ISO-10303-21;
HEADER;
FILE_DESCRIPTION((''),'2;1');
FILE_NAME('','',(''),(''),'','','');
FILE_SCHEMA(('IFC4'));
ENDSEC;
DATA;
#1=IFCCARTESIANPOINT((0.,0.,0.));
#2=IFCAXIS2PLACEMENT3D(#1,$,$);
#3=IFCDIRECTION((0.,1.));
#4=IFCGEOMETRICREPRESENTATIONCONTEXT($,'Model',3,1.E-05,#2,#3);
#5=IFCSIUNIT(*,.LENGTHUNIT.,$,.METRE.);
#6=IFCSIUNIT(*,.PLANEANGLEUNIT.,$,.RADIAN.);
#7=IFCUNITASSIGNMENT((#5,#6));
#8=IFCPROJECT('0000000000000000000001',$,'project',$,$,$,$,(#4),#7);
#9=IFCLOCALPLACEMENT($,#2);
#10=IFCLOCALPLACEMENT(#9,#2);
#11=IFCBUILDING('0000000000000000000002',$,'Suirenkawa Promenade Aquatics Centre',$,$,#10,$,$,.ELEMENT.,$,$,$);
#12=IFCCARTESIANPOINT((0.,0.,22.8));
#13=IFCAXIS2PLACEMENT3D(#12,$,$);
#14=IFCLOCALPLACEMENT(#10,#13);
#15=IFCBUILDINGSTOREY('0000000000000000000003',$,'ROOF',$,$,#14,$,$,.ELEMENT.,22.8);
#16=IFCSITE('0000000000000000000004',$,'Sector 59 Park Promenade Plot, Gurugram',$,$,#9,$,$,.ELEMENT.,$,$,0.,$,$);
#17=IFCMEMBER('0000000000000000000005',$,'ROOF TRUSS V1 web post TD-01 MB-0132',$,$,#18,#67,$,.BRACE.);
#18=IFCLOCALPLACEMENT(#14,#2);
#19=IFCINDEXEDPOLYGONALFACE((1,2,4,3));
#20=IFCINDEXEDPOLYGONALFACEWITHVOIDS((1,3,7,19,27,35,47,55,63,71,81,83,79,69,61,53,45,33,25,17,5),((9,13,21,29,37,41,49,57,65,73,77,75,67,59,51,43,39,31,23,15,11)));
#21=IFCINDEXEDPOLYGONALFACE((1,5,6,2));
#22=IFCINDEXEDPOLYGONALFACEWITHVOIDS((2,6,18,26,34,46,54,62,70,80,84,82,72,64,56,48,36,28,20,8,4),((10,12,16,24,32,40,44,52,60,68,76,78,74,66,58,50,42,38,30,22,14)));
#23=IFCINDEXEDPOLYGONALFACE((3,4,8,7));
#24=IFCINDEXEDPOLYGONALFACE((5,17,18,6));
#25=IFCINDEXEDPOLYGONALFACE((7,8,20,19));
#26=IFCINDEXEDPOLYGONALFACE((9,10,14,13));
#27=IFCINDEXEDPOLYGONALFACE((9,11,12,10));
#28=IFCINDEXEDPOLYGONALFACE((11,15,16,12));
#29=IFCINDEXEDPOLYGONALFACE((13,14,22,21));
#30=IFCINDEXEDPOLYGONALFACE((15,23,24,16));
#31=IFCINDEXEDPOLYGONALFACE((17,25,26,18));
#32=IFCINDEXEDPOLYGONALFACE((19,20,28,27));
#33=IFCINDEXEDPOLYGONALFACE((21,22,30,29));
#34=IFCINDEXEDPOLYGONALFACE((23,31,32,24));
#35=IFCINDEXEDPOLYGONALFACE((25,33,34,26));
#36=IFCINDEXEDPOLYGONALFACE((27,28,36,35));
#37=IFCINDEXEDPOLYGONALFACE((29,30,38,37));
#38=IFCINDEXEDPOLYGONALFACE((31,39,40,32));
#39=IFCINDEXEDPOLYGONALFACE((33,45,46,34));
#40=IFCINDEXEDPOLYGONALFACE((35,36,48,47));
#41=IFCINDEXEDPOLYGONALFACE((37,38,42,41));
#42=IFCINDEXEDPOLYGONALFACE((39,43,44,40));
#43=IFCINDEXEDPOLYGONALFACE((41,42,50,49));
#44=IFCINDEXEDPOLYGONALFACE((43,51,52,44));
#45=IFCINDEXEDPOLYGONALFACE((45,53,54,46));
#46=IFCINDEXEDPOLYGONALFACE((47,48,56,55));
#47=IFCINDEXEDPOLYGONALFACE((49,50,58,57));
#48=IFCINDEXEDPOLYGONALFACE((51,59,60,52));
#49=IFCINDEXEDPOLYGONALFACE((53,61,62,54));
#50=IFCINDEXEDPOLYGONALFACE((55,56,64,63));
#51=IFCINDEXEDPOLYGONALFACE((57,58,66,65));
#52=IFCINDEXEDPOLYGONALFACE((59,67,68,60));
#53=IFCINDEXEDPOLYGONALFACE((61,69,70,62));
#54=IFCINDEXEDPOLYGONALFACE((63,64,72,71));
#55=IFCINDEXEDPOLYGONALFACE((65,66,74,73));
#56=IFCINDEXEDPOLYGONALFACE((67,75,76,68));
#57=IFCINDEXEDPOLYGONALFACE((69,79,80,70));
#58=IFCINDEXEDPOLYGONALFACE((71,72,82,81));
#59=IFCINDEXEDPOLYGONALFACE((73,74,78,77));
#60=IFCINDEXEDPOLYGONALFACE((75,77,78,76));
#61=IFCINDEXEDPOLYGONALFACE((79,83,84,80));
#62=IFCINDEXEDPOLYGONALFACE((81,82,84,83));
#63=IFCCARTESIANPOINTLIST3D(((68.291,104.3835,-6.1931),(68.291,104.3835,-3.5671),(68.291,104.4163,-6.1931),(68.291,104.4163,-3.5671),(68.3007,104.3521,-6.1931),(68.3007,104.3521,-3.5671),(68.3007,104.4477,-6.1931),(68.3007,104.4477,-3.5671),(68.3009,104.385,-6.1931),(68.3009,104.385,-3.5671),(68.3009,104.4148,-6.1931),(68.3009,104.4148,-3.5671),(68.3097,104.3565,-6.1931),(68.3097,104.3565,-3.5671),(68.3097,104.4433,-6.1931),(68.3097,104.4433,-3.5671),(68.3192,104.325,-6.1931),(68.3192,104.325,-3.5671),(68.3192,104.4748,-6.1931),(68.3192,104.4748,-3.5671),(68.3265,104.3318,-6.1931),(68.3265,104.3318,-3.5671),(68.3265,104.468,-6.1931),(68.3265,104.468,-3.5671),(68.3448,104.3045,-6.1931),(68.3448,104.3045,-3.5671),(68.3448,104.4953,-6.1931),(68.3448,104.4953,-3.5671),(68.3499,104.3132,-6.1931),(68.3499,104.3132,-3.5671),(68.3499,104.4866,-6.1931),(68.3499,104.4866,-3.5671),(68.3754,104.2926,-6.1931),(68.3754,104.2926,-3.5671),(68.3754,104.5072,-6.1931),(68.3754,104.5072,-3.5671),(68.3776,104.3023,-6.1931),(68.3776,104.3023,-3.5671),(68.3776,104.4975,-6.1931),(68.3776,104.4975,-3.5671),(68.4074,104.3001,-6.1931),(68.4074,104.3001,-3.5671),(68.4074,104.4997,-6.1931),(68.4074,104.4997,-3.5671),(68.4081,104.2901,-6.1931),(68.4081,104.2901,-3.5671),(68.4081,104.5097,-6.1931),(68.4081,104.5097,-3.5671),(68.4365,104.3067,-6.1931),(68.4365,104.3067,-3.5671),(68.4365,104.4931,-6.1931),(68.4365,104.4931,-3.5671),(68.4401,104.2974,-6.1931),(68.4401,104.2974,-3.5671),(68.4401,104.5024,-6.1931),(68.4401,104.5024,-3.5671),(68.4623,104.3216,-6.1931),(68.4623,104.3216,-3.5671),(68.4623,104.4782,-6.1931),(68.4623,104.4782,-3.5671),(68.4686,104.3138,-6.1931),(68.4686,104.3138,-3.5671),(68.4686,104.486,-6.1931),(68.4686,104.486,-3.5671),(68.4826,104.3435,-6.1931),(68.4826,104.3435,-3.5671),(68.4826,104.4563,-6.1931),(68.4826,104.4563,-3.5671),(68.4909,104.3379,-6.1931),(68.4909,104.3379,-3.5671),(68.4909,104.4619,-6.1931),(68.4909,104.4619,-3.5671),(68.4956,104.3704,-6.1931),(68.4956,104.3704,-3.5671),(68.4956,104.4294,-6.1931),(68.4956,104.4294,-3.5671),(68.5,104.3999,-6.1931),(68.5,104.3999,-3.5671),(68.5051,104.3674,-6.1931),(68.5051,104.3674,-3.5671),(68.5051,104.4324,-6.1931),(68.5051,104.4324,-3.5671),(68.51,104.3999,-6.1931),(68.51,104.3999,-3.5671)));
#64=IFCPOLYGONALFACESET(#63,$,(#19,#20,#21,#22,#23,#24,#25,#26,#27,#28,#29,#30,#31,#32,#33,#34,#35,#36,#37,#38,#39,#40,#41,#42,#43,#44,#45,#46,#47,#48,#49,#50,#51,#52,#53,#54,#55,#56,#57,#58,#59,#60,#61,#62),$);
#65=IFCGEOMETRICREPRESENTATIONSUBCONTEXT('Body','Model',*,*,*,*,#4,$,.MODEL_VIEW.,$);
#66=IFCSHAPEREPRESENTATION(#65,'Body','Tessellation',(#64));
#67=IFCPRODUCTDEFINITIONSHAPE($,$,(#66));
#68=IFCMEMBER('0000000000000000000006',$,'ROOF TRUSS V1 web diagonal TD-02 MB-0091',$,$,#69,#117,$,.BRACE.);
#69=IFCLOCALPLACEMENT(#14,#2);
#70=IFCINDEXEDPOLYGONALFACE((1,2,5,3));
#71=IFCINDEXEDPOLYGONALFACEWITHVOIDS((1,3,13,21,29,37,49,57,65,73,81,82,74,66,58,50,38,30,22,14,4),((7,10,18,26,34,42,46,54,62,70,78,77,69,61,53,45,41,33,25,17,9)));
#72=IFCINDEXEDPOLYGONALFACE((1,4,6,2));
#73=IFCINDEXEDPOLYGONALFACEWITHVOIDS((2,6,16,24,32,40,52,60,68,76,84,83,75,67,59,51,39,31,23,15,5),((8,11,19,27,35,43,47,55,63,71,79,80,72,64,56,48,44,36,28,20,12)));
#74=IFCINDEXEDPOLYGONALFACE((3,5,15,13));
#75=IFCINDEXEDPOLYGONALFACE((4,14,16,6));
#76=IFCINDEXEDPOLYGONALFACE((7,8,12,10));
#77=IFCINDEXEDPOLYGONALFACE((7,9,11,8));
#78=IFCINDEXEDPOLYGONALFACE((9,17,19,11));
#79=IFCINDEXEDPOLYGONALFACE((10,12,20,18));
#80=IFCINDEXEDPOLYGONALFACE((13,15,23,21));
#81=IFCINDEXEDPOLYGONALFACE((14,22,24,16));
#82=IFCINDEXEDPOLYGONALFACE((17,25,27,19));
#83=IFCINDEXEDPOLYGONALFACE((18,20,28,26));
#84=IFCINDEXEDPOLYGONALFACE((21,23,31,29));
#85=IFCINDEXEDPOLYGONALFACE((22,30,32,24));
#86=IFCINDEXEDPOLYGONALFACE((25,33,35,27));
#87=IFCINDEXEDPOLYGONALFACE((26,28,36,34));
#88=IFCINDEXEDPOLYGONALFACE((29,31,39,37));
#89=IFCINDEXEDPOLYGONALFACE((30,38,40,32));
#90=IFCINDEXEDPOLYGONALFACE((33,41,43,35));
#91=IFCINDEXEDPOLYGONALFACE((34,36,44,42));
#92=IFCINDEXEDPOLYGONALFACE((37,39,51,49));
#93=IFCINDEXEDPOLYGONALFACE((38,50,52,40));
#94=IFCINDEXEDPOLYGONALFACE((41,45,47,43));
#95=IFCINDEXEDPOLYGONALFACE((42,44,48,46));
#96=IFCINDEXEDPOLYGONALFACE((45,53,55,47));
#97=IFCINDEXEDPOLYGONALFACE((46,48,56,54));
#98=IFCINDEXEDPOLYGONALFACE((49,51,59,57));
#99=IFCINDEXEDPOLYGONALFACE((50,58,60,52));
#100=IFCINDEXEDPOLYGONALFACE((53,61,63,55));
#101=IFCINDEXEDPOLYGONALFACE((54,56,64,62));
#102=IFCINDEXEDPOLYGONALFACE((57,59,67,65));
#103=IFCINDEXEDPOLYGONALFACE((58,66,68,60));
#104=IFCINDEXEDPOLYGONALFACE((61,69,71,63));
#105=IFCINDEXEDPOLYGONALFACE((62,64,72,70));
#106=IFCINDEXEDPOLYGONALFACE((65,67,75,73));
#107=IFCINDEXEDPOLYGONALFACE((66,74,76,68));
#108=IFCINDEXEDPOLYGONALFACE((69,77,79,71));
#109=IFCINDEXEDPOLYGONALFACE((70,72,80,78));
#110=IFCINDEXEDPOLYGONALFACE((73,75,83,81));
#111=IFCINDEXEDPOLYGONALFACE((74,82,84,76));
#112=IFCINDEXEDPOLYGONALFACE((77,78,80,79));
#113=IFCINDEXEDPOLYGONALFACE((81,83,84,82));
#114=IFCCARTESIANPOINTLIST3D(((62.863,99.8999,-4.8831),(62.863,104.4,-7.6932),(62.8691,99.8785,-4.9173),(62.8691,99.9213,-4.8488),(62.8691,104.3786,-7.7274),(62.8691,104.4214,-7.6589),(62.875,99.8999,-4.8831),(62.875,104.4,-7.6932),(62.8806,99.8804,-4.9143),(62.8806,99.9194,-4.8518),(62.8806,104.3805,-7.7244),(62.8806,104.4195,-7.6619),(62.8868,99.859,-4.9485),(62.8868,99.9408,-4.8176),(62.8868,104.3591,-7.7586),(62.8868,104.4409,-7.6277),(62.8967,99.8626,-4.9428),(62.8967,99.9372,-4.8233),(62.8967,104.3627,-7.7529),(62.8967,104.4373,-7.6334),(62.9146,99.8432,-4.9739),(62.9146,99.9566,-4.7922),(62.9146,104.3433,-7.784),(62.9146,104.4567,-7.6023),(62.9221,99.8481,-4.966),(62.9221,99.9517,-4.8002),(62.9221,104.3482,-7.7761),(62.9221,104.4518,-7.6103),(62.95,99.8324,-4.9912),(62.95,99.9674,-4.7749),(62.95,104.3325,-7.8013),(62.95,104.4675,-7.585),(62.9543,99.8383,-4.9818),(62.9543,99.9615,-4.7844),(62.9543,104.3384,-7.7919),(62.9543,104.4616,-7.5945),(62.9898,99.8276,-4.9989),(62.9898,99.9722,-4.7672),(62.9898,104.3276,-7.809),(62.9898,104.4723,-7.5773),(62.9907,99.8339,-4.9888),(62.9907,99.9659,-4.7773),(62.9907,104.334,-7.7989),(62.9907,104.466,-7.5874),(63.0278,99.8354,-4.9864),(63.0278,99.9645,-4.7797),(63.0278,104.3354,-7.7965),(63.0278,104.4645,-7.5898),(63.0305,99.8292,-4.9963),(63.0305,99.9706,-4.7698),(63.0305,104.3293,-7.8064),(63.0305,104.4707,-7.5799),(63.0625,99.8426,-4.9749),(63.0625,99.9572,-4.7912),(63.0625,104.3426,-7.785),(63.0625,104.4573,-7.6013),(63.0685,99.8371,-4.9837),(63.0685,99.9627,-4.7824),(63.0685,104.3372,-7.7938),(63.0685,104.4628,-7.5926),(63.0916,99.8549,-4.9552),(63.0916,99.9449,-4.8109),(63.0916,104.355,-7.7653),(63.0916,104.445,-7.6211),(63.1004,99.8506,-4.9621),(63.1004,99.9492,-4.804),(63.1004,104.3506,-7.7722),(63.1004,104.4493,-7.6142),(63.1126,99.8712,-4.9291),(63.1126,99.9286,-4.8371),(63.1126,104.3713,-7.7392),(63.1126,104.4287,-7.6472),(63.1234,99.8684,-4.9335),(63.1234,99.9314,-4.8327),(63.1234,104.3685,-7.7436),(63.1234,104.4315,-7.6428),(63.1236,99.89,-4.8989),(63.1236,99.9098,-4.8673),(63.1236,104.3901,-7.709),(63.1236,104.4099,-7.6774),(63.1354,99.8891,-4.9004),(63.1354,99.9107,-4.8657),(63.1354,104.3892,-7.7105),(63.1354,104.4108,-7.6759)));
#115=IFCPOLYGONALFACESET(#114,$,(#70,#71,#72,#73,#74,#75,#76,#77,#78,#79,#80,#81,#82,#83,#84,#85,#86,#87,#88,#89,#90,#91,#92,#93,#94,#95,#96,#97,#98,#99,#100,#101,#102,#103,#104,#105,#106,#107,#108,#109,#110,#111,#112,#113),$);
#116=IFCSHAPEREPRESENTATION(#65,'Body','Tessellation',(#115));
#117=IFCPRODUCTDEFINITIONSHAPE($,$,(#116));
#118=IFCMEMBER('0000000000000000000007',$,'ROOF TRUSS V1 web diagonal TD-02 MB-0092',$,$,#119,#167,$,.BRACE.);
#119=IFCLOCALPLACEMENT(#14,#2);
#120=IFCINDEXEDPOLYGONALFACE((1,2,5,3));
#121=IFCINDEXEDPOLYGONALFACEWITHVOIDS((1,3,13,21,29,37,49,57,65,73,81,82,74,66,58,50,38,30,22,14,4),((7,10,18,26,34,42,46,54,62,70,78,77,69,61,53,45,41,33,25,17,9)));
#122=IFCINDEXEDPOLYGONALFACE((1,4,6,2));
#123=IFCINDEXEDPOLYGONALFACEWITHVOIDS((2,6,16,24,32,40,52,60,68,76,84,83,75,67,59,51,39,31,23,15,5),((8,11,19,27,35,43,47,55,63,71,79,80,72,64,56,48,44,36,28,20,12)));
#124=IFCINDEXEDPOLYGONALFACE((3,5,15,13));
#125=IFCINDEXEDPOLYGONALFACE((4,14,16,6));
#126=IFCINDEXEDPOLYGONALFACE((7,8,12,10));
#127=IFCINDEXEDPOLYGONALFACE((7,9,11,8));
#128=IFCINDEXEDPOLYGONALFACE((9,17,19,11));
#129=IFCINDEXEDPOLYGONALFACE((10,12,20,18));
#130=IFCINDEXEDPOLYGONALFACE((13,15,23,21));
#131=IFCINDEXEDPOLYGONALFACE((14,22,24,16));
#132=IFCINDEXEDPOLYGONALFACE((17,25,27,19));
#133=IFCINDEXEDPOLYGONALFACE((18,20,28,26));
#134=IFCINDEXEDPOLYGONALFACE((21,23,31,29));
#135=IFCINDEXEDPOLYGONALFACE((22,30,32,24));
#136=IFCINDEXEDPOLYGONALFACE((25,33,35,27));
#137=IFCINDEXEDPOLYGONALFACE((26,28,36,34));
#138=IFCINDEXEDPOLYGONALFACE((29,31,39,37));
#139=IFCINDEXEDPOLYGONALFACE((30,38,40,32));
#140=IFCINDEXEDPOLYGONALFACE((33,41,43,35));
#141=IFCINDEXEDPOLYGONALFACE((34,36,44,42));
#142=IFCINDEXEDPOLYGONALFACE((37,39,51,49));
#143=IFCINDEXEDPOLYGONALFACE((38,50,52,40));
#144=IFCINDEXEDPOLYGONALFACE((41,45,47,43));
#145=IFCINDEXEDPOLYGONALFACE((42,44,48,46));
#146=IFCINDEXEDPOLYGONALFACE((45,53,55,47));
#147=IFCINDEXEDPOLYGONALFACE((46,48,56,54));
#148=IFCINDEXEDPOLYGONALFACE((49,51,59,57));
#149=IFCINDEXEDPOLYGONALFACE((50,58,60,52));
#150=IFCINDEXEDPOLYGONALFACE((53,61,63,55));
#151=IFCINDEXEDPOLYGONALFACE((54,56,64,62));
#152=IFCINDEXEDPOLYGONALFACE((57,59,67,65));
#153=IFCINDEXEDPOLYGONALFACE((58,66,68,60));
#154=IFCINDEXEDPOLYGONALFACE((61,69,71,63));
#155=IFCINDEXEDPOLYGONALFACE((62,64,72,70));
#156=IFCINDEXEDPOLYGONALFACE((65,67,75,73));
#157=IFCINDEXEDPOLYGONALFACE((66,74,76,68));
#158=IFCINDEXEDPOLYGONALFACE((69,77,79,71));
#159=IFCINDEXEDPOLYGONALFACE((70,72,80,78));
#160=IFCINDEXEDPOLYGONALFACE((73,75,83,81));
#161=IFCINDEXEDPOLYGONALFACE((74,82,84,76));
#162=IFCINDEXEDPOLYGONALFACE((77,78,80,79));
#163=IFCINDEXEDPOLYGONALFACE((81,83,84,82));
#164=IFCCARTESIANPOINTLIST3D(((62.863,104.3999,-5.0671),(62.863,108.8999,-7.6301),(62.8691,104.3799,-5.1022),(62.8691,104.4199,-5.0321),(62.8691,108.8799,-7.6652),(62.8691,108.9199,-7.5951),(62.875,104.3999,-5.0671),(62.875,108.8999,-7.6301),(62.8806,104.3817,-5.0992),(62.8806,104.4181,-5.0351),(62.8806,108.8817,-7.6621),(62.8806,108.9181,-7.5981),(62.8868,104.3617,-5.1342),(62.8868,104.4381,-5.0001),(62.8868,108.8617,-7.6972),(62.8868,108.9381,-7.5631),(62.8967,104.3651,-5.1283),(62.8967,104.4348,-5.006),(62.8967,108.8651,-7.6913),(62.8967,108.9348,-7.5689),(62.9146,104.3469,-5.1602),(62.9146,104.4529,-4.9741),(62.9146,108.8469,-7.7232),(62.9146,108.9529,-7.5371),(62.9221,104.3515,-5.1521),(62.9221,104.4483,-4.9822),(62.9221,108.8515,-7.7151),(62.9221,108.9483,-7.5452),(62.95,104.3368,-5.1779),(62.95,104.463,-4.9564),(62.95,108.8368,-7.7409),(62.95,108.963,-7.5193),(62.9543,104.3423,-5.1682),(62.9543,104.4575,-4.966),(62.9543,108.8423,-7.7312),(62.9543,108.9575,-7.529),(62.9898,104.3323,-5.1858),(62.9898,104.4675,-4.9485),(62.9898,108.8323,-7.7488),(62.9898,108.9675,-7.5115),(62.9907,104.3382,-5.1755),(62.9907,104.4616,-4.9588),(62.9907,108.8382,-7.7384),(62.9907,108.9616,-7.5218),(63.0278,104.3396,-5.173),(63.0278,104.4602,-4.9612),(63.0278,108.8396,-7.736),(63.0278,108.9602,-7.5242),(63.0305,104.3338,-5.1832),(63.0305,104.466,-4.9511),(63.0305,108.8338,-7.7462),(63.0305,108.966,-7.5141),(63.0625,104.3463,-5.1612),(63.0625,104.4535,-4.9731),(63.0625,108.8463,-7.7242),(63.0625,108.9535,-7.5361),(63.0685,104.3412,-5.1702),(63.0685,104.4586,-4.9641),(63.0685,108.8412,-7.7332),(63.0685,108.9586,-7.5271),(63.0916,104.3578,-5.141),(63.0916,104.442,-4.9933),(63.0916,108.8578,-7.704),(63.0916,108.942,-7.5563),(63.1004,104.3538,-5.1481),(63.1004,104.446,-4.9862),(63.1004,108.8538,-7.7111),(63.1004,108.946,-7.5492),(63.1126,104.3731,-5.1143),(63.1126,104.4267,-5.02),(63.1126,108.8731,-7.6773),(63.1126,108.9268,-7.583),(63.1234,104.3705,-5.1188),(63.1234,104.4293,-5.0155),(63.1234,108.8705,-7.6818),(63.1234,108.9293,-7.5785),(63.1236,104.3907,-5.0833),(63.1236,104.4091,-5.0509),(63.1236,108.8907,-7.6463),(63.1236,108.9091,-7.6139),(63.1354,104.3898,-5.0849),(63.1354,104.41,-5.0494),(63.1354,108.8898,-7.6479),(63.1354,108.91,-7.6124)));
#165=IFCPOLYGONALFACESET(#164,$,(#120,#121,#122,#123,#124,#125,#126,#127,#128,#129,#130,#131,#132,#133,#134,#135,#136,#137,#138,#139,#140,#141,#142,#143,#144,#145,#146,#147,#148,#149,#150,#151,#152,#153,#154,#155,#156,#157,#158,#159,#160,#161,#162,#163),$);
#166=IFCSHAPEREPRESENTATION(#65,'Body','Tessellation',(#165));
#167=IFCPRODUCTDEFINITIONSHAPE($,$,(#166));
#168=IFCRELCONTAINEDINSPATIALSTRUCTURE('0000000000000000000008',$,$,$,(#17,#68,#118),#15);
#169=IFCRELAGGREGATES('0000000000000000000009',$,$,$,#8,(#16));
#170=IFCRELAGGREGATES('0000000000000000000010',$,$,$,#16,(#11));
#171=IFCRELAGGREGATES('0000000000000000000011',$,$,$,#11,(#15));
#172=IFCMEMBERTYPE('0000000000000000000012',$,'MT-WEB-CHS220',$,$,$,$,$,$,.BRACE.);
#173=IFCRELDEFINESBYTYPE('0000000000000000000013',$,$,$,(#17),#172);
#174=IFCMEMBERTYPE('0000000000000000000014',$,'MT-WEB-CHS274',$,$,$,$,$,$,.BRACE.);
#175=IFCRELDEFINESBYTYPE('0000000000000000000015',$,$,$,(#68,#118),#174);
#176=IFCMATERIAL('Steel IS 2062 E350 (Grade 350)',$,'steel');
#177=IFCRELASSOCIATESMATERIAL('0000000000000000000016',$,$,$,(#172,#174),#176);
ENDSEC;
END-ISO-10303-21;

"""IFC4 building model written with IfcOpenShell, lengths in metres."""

from ifc_helpers import new_model, si_unit, direction, frame, origin, origin_2d, place, context, subcontext, project, spatial, hollow_circle, extrude, material, material_profile, profile_set, type_object, element, save


model = new_model("IFC4")

# Units and contexts
model_context = context("Model", 3, precision=1e-05, world=origin(), true_north=direction((0.0, 1.0)))
body_context = subcontext(model_context, "Body", "Model", "MODEL_VIEW")
ifc_project = project(units=[si_unit("LENGTHUNIT", "METRE"), si_unit("PLANEANGLEUNIT", "RADIAN")], contexts=[model_context])

# Site, building, storey
site_placement = place(None, origin())
site = spatial("IfcSite", under=ifc_project, at=site_placement, Name="Sector 59 Park Promenade Plot, Gurugram", CompositionType="ELEMENT", RefElevation=0.0)
building_placement = place(site_placement, origin())
building = spatial("IfcBuilding", under=site, at=building_placement, Name="Suirenkawa Promenade Aquatics Centre", CompositionType="ELEMENT")
storey_placement = place(building_placement, frame((0.0, 0.0, 22.8)))
storey = spatial("IfcBuildingStorey", under=building, at=storey_placement, Name="ROOF", CompositionType="ELEMENT", Elevation=22.8)

# Shared definitions
ifc_material = material(Name="Steel IS 2062 E350 (Grade 350)", Category="steel")

# Members
ifc_material_profile_1 = material_profile(ifc_material, hollow_circle(Radius=0.1101, WallThickness=0.01, at=origin_2d()), Name="CHS 220x10", Category="steel")
ifc_profile_set_1 = profile_set([ifc_material_profile_1], Name="Steel IS 2062 E350 (Grade 350)")
member_type_1 = type_object("IfcMemberType", Name="MT-WEB-CHS220", PredefinedType="BRACE", material=ifc_profile_set_1)
member_1_placement = place(storey_placement, frame((68.3999, 104.3999, -6.1931), z_axis=(0.0, 0.0, 1.0), x_axis=(1.0, 0.0, 0.0)))
element("IfcMember", 1, at=member_1_placement, inside=storey, type_object=member_type_1, Name="ROOF TRUSS V1 web post TD-01 MB-0132", PredefinedType="BRACE", context=body_context, shape_type="SweptSolid", body=[
    extrude(hollow_circle(Radius=0.1101, WallThickness=0.01, at=origin_2d()), origin(), (0.0, 0.0, 1.0), 2.626),
])
ifc_material_profile_2 = material_profile(ifc_material, hollow_circle(Radius=0.137, WallThickness=0.012, at=origin_2d()), Name="CHS 274x12", Category="steel")
ifc_profile_set_2 = profile_set([ifc_material_profile_2], Name="Steel IS 2062 E350 (Grade 350)")
member_type_2 = type_object("IfcMemberType", Name="MT-WEB-CHS274", PredefinedType="BRACE", material=ifc_profile_set_2)
member_2_placement = place(storey_placement, frame((63.0, 99.8999, -4.8831), z_axis=(0.0, 0.848205, -0.529668), x_axis=(-1.0, 0.0, 0.0)))
element("IfcMember", 2, at=member_2_placement, inside=storey, type_object=member_type_2, Name="ROOF TRUSS V1 web diagonal TD-02 MB-0091", PredefinedType="BRACE", context=body_context, shape_type="SweptSolid", body=[
    extrude(hollow_circle(Radius=0.137, WallThickness=0.012, at=origin_2d()), origin(), (0.0, 0.0, 1.0), 5.3054),
])
member_3_placement = place(storey_placement, frame((63.0, 104.3999, -5.0671), z_axis=(0.0, 0.868944, -0.49491), x_axis=(-1.0, 0.0, 0.0)))
element("IfcMember", 3, at=member_3_placement, inside=storey, type_object=member_type_2, Name="ROOF TRUSS V1 web diagonal TD-02 MB-0092", PredefinedType="BRACE", context=body_context, shape_type="SweptSolid", body=[
    extrude(hollow_circle(Radius=0.137, WallThickness=0.012, at=origin_2d()), origin(), (0.0, 0.0, 1.0), 5.1787),
])

save(model, "model.ifc")
